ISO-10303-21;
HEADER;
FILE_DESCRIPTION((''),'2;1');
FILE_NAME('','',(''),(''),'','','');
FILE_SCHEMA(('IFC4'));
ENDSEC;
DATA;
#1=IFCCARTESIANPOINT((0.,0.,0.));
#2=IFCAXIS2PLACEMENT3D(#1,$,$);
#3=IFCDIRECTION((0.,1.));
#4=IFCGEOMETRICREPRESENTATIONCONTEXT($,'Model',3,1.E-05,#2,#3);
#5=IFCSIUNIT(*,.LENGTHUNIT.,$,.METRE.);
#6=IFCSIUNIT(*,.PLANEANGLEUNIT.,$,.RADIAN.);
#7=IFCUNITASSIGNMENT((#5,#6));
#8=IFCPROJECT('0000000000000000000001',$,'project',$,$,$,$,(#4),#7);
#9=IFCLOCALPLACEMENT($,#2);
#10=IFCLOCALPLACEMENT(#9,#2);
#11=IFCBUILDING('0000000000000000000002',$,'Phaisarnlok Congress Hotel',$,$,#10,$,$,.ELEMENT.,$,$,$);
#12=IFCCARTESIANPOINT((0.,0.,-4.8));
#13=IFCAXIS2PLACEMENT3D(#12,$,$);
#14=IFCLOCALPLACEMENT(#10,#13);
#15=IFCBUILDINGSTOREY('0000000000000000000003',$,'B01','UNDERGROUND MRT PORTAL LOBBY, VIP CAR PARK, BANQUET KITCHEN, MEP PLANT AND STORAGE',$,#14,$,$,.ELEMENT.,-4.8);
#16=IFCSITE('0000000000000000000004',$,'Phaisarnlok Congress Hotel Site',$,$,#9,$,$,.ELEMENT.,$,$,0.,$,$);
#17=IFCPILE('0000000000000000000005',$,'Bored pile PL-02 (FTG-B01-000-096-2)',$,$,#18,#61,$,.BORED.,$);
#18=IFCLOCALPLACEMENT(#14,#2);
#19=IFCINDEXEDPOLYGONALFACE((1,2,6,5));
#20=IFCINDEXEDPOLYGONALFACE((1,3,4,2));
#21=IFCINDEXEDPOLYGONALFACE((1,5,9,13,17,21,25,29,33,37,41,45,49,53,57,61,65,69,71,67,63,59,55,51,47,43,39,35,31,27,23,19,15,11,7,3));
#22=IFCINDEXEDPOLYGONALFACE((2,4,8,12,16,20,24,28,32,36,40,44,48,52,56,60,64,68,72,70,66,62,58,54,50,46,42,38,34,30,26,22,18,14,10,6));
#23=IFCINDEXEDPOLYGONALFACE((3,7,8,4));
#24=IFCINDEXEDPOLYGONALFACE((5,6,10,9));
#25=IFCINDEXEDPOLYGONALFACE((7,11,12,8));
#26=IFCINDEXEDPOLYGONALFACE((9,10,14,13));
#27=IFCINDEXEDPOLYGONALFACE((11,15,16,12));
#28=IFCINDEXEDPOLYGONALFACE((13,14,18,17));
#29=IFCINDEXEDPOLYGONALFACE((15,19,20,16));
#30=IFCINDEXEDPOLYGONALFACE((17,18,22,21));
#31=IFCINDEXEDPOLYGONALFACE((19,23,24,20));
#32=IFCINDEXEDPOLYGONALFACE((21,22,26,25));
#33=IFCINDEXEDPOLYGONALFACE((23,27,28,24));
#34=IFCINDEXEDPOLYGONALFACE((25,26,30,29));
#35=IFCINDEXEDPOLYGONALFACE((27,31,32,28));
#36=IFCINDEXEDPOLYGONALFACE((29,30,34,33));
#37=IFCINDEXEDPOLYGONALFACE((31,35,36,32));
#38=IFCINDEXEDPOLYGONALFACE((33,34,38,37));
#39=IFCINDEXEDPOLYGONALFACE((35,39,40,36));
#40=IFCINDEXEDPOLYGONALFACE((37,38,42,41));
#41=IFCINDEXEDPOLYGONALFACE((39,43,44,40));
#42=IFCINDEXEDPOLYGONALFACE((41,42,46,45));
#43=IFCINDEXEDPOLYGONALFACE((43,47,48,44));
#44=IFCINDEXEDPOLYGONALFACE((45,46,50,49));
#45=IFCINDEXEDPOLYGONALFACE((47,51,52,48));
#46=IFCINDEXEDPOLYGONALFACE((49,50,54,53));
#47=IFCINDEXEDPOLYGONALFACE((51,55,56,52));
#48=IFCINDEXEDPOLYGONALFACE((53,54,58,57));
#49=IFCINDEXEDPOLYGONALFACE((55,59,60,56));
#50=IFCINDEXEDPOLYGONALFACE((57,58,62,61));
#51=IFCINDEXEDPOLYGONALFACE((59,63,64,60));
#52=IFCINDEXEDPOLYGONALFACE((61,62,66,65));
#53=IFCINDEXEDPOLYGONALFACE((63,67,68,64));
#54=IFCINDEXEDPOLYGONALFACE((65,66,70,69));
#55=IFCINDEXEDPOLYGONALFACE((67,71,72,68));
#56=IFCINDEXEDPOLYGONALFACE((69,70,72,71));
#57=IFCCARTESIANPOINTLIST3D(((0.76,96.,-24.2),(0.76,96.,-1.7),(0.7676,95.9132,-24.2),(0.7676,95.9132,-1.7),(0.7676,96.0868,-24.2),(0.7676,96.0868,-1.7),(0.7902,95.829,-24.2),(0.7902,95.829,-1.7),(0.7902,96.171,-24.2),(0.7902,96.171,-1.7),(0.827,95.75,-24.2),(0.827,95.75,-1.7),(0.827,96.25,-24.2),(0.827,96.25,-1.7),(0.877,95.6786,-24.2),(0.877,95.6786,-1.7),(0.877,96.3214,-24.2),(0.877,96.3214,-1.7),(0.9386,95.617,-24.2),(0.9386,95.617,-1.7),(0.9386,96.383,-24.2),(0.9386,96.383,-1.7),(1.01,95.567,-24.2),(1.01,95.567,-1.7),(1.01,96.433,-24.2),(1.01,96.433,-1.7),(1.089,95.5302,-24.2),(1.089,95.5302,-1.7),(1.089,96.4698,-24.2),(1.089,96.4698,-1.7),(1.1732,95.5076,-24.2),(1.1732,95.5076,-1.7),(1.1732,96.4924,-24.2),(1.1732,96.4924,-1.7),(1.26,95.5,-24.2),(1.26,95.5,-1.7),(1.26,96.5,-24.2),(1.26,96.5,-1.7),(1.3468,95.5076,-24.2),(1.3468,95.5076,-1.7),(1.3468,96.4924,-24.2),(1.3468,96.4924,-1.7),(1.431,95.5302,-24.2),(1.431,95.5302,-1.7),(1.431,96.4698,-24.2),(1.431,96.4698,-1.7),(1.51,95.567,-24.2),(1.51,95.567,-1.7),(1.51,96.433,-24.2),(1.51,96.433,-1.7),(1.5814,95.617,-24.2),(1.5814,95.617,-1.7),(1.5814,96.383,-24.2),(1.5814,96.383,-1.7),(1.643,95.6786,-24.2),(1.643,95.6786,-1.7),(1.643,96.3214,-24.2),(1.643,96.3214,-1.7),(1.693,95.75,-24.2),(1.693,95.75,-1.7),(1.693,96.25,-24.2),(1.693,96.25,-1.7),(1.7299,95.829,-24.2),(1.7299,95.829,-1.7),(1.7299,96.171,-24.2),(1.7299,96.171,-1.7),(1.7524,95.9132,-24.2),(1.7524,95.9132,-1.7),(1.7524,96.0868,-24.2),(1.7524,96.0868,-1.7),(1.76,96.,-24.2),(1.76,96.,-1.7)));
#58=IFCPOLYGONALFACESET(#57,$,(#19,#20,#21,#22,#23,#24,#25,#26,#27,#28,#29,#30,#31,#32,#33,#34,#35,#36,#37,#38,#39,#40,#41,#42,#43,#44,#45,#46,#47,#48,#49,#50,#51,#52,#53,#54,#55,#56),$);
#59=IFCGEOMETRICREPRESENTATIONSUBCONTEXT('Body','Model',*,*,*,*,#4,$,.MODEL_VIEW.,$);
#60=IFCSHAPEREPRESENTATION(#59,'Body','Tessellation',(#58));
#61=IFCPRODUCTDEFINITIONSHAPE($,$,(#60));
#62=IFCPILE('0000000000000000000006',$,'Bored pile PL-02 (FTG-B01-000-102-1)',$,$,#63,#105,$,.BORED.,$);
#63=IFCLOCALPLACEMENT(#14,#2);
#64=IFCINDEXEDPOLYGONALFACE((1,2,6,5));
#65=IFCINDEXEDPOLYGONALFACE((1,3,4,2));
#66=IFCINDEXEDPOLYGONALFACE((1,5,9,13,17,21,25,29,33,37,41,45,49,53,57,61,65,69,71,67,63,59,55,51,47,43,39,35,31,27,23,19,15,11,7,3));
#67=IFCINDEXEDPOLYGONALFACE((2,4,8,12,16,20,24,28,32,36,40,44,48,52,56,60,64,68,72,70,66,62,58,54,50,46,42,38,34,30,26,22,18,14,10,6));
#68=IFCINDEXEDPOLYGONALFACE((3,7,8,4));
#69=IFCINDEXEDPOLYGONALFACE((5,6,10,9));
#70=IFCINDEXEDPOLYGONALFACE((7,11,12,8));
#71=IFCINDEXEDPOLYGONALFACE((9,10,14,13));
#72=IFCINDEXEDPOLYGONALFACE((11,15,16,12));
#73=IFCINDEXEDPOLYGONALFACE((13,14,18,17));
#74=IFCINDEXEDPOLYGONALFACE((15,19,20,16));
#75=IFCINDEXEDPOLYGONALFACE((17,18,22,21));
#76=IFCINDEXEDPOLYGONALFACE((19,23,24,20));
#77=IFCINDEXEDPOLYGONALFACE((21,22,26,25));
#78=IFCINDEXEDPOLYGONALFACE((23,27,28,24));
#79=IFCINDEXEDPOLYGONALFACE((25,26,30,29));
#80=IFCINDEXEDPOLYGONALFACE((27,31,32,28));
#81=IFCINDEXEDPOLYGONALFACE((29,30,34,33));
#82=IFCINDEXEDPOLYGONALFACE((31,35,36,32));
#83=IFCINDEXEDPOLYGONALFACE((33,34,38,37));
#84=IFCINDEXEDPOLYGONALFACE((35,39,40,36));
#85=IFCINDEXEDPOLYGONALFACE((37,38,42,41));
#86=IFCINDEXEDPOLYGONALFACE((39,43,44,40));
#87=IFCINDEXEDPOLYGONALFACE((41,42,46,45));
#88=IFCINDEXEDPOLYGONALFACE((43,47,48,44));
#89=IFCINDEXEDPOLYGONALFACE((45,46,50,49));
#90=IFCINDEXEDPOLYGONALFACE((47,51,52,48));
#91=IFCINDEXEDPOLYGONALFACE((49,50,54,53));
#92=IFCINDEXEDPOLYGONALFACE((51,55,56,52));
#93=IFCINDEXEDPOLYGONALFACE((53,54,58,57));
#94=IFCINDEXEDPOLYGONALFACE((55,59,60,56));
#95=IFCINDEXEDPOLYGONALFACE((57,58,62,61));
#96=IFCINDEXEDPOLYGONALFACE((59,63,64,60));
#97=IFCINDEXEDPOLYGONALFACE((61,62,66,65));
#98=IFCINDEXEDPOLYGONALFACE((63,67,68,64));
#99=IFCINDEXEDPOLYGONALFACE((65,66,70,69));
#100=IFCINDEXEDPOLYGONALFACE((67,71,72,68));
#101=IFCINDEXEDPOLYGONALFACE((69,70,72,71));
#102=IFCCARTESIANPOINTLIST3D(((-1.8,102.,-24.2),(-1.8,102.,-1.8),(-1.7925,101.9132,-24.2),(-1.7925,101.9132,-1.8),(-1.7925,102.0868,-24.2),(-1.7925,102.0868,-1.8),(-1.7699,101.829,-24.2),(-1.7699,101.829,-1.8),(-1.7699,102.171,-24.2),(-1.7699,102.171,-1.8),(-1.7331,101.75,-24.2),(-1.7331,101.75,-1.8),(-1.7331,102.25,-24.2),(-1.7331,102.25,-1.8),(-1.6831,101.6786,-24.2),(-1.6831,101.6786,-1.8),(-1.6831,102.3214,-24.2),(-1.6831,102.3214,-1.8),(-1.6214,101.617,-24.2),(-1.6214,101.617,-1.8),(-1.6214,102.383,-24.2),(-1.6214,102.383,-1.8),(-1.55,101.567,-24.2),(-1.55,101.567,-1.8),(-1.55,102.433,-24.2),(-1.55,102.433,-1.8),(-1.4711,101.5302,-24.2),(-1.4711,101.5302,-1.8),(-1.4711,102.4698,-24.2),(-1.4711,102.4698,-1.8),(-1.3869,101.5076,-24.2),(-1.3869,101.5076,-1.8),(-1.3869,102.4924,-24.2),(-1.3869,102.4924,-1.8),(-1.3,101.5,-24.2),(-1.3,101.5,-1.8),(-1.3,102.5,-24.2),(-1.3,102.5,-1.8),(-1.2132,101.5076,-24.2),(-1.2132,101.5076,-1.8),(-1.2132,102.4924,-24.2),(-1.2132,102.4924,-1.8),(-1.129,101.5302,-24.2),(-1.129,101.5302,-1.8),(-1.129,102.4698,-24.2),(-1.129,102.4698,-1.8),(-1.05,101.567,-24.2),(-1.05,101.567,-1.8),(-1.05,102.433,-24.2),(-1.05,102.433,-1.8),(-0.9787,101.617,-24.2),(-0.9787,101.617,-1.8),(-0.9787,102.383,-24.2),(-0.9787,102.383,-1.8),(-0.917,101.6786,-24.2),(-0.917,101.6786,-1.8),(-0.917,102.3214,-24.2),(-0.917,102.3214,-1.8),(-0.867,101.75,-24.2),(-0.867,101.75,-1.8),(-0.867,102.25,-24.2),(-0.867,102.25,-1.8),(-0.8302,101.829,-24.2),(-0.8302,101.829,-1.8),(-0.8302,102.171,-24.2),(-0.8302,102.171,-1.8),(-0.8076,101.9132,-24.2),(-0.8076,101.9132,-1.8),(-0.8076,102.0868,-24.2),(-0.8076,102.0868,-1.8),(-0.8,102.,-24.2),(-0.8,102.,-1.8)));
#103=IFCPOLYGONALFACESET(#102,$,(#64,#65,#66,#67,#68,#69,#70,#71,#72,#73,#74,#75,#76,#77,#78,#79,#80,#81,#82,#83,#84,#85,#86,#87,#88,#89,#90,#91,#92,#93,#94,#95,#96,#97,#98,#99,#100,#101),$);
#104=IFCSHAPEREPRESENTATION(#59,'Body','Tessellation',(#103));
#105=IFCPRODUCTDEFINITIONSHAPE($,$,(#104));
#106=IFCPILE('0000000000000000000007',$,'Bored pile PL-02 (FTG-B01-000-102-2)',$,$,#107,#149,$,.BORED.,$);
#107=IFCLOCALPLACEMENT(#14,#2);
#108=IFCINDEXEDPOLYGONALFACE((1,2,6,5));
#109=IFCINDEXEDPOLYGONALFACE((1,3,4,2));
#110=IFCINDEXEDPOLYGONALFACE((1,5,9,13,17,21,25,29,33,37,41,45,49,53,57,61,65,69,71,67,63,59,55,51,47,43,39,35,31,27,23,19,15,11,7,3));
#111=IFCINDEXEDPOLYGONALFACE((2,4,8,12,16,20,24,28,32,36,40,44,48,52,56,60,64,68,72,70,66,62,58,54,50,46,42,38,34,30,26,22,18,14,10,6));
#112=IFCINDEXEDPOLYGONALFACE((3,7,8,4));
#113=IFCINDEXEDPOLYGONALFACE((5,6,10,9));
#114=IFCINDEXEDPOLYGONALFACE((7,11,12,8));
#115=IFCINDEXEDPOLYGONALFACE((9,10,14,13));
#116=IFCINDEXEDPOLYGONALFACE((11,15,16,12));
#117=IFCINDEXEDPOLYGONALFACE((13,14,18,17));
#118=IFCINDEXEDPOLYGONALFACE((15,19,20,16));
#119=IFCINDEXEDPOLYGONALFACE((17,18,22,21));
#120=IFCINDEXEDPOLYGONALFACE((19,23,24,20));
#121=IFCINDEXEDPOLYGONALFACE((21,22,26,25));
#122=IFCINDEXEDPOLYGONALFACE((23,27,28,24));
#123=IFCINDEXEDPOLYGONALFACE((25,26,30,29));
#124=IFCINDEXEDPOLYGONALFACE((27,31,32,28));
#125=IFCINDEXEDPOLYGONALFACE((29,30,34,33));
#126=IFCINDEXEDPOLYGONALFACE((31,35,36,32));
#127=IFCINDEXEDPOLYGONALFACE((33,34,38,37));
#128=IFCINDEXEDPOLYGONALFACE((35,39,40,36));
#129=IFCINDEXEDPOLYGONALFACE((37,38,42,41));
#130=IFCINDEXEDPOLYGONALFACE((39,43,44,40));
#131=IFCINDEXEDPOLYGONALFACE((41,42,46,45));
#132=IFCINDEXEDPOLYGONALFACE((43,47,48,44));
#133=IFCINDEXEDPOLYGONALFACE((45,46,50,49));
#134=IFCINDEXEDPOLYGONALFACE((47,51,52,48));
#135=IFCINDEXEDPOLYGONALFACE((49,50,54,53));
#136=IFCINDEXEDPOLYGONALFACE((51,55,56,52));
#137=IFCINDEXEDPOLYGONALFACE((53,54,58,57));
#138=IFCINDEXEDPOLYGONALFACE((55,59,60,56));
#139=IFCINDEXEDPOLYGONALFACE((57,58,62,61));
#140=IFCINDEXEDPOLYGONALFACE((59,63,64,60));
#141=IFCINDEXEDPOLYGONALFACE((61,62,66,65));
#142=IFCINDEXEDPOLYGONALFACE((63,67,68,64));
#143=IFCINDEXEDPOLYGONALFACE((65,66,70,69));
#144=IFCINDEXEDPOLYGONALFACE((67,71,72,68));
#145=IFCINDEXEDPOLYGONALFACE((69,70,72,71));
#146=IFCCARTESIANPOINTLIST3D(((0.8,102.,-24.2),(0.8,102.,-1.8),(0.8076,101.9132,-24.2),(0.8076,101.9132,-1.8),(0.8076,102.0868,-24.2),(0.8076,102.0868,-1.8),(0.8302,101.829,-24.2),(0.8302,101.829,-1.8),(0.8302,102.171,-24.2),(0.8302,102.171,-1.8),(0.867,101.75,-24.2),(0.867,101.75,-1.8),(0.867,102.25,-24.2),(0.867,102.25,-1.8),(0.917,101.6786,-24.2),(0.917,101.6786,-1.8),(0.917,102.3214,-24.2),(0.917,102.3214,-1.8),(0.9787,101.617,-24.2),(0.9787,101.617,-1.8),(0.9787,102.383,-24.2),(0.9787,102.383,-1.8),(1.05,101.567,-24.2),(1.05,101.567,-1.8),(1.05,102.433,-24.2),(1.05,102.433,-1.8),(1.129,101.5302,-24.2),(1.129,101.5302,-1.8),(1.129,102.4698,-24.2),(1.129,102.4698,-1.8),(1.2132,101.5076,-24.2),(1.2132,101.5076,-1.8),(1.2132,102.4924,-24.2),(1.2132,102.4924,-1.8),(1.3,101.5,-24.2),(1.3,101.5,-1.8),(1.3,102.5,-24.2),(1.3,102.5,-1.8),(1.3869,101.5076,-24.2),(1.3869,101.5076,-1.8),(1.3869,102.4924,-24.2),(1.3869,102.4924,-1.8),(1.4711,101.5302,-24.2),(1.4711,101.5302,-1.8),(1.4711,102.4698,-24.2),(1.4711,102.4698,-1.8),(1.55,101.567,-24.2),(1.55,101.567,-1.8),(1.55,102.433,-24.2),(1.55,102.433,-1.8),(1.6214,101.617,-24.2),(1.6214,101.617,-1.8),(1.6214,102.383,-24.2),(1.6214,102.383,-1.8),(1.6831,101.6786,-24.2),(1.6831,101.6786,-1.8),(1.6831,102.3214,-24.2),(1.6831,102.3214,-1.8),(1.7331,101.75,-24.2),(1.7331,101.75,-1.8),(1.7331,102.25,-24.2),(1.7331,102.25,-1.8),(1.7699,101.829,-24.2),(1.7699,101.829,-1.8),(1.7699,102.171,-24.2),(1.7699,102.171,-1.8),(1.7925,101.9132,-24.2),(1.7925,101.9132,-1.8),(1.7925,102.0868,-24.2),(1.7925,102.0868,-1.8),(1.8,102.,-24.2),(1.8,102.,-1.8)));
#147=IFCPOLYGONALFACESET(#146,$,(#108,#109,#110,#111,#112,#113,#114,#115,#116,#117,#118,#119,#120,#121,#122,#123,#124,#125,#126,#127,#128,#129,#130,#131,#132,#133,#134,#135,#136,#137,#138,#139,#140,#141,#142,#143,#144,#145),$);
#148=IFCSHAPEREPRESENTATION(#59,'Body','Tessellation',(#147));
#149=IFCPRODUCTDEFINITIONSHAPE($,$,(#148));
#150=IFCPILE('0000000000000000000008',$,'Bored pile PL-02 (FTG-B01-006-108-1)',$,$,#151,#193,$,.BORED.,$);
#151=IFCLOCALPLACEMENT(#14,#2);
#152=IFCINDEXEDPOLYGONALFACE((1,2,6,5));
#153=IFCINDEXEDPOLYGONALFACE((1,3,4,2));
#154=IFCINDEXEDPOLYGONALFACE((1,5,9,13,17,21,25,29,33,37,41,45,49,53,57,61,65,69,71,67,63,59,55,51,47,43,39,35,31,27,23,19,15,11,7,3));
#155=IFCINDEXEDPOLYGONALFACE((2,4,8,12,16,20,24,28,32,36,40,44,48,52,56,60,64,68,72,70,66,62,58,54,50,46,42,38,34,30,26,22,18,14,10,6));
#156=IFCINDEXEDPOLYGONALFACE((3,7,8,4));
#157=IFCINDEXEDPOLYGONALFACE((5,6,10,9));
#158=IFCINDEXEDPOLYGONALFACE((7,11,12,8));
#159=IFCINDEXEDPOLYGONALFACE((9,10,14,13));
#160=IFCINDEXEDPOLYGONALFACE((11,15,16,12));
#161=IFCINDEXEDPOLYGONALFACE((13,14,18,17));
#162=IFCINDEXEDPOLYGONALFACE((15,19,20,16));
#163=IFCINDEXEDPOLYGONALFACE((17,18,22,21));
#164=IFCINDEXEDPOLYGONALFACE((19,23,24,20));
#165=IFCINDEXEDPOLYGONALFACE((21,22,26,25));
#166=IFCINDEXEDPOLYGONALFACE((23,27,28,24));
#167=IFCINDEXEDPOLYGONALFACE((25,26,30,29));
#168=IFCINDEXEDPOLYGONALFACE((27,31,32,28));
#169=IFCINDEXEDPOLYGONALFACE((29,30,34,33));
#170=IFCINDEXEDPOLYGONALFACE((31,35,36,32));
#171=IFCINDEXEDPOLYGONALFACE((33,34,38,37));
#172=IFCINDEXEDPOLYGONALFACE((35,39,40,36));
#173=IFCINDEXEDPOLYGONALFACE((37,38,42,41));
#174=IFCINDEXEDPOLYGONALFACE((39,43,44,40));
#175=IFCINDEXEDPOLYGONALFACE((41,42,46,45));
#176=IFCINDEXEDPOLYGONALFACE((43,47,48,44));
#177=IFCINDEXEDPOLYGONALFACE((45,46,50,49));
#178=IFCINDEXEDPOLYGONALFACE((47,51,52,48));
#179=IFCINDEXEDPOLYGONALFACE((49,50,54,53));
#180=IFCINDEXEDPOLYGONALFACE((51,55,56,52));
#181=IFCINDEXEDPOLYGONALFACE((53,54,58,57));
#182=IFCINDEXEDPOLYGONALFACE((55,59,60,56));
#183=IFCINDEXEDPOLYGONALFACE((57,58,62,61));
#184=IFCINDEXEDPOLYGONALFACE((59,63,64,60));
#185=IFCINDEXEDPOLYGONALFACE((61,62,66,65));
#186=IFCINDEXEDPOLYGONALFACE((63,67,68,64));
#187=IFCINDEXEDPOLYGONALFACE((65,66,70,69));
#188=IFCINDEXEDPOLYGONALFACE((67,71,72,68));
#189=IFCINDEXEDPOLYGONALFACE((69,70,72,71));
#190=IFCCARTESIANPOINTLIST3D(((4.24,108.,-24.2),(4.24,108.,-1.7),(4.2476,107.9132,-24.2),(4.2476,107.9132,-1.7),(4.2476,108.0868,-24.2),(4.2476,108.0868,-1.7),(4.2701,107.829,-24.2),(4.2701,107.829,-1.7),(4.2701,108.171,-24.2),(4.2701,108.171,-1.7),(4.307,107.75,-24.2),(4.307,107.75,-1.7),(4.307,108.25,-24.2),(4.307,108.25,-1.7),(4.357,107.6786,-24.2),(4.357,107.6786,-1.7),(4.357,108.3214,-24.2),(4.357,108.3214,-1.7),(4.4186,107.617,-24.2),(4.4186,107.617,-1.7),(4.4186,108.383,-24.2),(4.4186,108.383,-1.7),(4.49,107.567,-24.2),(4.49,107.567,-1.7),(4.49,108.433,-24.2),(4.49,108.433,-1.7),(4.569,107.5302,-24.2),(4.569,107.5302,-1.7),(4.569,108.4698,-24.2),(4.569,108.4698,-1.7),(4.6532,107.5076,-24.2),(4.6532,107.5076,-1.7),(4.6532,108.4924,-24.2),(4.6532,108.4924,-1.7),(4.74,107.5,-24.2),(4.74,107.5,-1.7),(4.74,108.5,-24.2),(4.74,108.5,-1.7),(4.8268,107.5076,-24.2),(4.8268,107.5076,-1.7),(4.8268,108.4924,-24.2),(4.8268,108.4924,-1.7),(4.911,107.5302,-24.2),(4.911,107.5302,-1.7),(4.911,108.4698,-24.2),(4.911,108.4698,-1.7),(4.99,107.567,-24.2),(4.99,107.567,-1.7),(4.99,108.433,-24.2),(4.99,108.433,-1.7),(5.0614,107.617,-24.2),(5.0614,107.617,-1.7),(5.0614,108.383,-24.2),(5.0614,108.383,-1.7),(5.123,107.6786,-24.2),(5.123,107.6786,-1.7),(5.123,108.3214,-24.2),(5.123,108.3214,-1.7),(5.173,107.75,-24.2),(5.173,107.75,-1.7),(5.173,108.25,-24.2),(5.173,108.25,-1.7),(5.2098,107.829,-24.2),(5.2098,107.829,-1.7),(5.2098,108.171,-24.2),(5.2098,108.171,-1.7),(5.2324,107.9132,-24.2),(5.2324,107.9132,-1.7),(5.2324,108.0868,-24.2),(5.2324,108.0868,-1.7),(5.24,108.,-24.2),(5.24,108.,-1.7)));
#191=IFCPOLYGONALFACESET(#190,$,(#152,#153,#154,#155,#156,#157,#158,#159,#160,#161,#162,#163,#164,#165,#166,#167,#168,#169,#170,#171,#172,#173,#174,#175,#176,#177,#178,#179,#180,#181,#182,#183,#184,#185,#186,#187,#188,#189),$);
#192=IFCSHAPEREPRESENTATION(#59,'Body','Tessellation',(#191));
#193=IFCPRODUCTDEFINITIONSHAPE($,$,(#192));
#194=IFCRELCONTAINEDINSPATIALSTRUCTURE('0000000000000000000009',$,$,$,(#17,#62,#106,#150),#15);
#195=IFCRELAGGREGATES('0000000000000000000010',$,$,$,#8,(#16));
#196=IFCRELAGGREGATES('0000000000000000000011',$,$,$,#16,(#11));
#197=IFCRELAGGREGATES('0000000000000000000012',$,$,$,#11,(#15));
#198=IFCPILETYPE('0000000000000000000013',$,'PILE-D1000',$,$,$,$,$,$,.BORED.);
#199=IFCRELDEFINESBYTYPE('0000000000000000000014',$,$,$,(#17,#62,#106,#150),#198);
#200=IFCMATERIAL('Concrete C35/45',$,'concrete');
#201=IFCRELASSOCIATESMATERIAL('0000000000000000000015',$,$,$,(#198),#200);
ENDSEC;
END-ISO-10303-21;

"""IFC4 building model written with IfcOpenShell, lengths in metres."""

from ifc_helpers import new_model, si_unit, direction, frame, origin, origin_2d, place, context, subcontext, project, spatial, circle, extrude, material, material_profile, profile_set, type_object, element, save


model = new_model("IFC4")

# Units and contexts
model_context = context("Model", 3, precision=1e-05, world=origin(), true_north=direction((0.0, 1.0)))
body_context = subcontext(model_context, "Body", "Model", "MODEL_VIEW")
ifc_project = project(units=[si_unit("LENGTHUNIT", "METRE"), si_unit("PLANEANGLEUNIT", "RADIAN")], contexts=[model_context])

# Site, building, storey
site_placement = place(None, origin())
site = spatial("IfcSite", under=ifc_project, at=site_placement, Name="Phaisarnlok Congress Hotel Site", CompositionType="ELEMENT", RefElevation=0.0)
building_placement = place(site_placement, origin())
building = spatial("IfcBuilding", under=site, at=building_placement, Name="Phaisarnlok Congress Hotel", CompositionType="ELEMENT")
storey_placement = place(building_placement, frame((0.0, 0.0, -4.8)))
storey = spatial("IfcBuildingStorey", under=building, at=storey_placement, Name="B01", Description="UNDERGROUND MRT PORTAL LOBBY, VIP CAR PARK, BANQUET KITCHEN, MEP PLANT AND STORAGE", CompositionType="ELEMENT", Elevation=-4.8)

# Piles
ifc_material_1 = material(Name="Concrete C35/45", Category="concrete")
ifc_material_profile_1 = material_profile(ifc_material_1, circle(Radius=0.5, at=origin_2d()), Name="BORED PILE D1000")
ifc_profile_set_1 = profile_set([ifc_material_profile_1], Name="Concrete C35/45")
pile_type_1 = type_object("IfcPileType", Name="PILE-D1000", PredefinedType="BORED", material=ifc_profile_set_1)
for number, where, z_axis, x_axis, name in (
    (1, (1.26, 96.0, -1.7), (0.0, 0.0, -1.0), (1.0, 0.0, 0.0), "Bored pile PL-02 (FTG-B01-000-096-2)"),
):
    element("IfcPile", number, at=place(storey_placement, frame(where, z_axis=z_axis, x_axis=x_axis)), inside=storey, type_object=pile_type_1, Name=name, PredefinedType="BORED", context=body_context, shape_type="SweptSolid", body=[
        extrude(circle(Radius=0.5, at=origin_2d()), origin(), (0.0, 0.0, 1.0), 22.5),
    ])
for number, where, z_axis, x_axis, name in (
    (2, (-1.3, 102.0, -1.8), (0.0, 0.0, -1.0), (1.0, 0.0, 0.0), "Bored pile PL-02 (FTG-B01-000-102-1)"),
    (3, (1.3, 102.0, -1.8), (0.0, 0.0, -1.0), (1.0, 0.0, 0.0), "Bored pile PL-02 (FTG-B01-000-102-2)"),
):
    element("IfcPile", number, at=place(storey_placement, frame(where, z_axis=z_axis, x_axis=x_axis)), inside=storey, type_object=pile_type_1, Name=name, PredefinedType="BORED", context=body_context, shape_type="SweptSolid", body=[
        extrude(circle(Radius=0.5, at=origin_2d()), origin(), (0.0, 0.0, 1.0), 22.3999),
    ])
pile_1_placement = place(storey_placement, frame((4.74, 108.0, -1.7), z_axis=(0.0, 0.0, -1.0), x_axis=(1.0, 0.0, 0.0)))
element("IfcPile", 4, at=pile_1_placement, inside=storey, type_object=pile_type_1, Name="Bored pile PL-02 (FTG-B01-006-108-1)", PredefinedType="BORED", context=body_context, shape_type="SweptSolid", body=[
    extrude(circle(Radius=0.5, at=origin_2d()), origin(), (0.0, 0.0, 1.0), 22.5),
])

save(model, "model.ifc")
